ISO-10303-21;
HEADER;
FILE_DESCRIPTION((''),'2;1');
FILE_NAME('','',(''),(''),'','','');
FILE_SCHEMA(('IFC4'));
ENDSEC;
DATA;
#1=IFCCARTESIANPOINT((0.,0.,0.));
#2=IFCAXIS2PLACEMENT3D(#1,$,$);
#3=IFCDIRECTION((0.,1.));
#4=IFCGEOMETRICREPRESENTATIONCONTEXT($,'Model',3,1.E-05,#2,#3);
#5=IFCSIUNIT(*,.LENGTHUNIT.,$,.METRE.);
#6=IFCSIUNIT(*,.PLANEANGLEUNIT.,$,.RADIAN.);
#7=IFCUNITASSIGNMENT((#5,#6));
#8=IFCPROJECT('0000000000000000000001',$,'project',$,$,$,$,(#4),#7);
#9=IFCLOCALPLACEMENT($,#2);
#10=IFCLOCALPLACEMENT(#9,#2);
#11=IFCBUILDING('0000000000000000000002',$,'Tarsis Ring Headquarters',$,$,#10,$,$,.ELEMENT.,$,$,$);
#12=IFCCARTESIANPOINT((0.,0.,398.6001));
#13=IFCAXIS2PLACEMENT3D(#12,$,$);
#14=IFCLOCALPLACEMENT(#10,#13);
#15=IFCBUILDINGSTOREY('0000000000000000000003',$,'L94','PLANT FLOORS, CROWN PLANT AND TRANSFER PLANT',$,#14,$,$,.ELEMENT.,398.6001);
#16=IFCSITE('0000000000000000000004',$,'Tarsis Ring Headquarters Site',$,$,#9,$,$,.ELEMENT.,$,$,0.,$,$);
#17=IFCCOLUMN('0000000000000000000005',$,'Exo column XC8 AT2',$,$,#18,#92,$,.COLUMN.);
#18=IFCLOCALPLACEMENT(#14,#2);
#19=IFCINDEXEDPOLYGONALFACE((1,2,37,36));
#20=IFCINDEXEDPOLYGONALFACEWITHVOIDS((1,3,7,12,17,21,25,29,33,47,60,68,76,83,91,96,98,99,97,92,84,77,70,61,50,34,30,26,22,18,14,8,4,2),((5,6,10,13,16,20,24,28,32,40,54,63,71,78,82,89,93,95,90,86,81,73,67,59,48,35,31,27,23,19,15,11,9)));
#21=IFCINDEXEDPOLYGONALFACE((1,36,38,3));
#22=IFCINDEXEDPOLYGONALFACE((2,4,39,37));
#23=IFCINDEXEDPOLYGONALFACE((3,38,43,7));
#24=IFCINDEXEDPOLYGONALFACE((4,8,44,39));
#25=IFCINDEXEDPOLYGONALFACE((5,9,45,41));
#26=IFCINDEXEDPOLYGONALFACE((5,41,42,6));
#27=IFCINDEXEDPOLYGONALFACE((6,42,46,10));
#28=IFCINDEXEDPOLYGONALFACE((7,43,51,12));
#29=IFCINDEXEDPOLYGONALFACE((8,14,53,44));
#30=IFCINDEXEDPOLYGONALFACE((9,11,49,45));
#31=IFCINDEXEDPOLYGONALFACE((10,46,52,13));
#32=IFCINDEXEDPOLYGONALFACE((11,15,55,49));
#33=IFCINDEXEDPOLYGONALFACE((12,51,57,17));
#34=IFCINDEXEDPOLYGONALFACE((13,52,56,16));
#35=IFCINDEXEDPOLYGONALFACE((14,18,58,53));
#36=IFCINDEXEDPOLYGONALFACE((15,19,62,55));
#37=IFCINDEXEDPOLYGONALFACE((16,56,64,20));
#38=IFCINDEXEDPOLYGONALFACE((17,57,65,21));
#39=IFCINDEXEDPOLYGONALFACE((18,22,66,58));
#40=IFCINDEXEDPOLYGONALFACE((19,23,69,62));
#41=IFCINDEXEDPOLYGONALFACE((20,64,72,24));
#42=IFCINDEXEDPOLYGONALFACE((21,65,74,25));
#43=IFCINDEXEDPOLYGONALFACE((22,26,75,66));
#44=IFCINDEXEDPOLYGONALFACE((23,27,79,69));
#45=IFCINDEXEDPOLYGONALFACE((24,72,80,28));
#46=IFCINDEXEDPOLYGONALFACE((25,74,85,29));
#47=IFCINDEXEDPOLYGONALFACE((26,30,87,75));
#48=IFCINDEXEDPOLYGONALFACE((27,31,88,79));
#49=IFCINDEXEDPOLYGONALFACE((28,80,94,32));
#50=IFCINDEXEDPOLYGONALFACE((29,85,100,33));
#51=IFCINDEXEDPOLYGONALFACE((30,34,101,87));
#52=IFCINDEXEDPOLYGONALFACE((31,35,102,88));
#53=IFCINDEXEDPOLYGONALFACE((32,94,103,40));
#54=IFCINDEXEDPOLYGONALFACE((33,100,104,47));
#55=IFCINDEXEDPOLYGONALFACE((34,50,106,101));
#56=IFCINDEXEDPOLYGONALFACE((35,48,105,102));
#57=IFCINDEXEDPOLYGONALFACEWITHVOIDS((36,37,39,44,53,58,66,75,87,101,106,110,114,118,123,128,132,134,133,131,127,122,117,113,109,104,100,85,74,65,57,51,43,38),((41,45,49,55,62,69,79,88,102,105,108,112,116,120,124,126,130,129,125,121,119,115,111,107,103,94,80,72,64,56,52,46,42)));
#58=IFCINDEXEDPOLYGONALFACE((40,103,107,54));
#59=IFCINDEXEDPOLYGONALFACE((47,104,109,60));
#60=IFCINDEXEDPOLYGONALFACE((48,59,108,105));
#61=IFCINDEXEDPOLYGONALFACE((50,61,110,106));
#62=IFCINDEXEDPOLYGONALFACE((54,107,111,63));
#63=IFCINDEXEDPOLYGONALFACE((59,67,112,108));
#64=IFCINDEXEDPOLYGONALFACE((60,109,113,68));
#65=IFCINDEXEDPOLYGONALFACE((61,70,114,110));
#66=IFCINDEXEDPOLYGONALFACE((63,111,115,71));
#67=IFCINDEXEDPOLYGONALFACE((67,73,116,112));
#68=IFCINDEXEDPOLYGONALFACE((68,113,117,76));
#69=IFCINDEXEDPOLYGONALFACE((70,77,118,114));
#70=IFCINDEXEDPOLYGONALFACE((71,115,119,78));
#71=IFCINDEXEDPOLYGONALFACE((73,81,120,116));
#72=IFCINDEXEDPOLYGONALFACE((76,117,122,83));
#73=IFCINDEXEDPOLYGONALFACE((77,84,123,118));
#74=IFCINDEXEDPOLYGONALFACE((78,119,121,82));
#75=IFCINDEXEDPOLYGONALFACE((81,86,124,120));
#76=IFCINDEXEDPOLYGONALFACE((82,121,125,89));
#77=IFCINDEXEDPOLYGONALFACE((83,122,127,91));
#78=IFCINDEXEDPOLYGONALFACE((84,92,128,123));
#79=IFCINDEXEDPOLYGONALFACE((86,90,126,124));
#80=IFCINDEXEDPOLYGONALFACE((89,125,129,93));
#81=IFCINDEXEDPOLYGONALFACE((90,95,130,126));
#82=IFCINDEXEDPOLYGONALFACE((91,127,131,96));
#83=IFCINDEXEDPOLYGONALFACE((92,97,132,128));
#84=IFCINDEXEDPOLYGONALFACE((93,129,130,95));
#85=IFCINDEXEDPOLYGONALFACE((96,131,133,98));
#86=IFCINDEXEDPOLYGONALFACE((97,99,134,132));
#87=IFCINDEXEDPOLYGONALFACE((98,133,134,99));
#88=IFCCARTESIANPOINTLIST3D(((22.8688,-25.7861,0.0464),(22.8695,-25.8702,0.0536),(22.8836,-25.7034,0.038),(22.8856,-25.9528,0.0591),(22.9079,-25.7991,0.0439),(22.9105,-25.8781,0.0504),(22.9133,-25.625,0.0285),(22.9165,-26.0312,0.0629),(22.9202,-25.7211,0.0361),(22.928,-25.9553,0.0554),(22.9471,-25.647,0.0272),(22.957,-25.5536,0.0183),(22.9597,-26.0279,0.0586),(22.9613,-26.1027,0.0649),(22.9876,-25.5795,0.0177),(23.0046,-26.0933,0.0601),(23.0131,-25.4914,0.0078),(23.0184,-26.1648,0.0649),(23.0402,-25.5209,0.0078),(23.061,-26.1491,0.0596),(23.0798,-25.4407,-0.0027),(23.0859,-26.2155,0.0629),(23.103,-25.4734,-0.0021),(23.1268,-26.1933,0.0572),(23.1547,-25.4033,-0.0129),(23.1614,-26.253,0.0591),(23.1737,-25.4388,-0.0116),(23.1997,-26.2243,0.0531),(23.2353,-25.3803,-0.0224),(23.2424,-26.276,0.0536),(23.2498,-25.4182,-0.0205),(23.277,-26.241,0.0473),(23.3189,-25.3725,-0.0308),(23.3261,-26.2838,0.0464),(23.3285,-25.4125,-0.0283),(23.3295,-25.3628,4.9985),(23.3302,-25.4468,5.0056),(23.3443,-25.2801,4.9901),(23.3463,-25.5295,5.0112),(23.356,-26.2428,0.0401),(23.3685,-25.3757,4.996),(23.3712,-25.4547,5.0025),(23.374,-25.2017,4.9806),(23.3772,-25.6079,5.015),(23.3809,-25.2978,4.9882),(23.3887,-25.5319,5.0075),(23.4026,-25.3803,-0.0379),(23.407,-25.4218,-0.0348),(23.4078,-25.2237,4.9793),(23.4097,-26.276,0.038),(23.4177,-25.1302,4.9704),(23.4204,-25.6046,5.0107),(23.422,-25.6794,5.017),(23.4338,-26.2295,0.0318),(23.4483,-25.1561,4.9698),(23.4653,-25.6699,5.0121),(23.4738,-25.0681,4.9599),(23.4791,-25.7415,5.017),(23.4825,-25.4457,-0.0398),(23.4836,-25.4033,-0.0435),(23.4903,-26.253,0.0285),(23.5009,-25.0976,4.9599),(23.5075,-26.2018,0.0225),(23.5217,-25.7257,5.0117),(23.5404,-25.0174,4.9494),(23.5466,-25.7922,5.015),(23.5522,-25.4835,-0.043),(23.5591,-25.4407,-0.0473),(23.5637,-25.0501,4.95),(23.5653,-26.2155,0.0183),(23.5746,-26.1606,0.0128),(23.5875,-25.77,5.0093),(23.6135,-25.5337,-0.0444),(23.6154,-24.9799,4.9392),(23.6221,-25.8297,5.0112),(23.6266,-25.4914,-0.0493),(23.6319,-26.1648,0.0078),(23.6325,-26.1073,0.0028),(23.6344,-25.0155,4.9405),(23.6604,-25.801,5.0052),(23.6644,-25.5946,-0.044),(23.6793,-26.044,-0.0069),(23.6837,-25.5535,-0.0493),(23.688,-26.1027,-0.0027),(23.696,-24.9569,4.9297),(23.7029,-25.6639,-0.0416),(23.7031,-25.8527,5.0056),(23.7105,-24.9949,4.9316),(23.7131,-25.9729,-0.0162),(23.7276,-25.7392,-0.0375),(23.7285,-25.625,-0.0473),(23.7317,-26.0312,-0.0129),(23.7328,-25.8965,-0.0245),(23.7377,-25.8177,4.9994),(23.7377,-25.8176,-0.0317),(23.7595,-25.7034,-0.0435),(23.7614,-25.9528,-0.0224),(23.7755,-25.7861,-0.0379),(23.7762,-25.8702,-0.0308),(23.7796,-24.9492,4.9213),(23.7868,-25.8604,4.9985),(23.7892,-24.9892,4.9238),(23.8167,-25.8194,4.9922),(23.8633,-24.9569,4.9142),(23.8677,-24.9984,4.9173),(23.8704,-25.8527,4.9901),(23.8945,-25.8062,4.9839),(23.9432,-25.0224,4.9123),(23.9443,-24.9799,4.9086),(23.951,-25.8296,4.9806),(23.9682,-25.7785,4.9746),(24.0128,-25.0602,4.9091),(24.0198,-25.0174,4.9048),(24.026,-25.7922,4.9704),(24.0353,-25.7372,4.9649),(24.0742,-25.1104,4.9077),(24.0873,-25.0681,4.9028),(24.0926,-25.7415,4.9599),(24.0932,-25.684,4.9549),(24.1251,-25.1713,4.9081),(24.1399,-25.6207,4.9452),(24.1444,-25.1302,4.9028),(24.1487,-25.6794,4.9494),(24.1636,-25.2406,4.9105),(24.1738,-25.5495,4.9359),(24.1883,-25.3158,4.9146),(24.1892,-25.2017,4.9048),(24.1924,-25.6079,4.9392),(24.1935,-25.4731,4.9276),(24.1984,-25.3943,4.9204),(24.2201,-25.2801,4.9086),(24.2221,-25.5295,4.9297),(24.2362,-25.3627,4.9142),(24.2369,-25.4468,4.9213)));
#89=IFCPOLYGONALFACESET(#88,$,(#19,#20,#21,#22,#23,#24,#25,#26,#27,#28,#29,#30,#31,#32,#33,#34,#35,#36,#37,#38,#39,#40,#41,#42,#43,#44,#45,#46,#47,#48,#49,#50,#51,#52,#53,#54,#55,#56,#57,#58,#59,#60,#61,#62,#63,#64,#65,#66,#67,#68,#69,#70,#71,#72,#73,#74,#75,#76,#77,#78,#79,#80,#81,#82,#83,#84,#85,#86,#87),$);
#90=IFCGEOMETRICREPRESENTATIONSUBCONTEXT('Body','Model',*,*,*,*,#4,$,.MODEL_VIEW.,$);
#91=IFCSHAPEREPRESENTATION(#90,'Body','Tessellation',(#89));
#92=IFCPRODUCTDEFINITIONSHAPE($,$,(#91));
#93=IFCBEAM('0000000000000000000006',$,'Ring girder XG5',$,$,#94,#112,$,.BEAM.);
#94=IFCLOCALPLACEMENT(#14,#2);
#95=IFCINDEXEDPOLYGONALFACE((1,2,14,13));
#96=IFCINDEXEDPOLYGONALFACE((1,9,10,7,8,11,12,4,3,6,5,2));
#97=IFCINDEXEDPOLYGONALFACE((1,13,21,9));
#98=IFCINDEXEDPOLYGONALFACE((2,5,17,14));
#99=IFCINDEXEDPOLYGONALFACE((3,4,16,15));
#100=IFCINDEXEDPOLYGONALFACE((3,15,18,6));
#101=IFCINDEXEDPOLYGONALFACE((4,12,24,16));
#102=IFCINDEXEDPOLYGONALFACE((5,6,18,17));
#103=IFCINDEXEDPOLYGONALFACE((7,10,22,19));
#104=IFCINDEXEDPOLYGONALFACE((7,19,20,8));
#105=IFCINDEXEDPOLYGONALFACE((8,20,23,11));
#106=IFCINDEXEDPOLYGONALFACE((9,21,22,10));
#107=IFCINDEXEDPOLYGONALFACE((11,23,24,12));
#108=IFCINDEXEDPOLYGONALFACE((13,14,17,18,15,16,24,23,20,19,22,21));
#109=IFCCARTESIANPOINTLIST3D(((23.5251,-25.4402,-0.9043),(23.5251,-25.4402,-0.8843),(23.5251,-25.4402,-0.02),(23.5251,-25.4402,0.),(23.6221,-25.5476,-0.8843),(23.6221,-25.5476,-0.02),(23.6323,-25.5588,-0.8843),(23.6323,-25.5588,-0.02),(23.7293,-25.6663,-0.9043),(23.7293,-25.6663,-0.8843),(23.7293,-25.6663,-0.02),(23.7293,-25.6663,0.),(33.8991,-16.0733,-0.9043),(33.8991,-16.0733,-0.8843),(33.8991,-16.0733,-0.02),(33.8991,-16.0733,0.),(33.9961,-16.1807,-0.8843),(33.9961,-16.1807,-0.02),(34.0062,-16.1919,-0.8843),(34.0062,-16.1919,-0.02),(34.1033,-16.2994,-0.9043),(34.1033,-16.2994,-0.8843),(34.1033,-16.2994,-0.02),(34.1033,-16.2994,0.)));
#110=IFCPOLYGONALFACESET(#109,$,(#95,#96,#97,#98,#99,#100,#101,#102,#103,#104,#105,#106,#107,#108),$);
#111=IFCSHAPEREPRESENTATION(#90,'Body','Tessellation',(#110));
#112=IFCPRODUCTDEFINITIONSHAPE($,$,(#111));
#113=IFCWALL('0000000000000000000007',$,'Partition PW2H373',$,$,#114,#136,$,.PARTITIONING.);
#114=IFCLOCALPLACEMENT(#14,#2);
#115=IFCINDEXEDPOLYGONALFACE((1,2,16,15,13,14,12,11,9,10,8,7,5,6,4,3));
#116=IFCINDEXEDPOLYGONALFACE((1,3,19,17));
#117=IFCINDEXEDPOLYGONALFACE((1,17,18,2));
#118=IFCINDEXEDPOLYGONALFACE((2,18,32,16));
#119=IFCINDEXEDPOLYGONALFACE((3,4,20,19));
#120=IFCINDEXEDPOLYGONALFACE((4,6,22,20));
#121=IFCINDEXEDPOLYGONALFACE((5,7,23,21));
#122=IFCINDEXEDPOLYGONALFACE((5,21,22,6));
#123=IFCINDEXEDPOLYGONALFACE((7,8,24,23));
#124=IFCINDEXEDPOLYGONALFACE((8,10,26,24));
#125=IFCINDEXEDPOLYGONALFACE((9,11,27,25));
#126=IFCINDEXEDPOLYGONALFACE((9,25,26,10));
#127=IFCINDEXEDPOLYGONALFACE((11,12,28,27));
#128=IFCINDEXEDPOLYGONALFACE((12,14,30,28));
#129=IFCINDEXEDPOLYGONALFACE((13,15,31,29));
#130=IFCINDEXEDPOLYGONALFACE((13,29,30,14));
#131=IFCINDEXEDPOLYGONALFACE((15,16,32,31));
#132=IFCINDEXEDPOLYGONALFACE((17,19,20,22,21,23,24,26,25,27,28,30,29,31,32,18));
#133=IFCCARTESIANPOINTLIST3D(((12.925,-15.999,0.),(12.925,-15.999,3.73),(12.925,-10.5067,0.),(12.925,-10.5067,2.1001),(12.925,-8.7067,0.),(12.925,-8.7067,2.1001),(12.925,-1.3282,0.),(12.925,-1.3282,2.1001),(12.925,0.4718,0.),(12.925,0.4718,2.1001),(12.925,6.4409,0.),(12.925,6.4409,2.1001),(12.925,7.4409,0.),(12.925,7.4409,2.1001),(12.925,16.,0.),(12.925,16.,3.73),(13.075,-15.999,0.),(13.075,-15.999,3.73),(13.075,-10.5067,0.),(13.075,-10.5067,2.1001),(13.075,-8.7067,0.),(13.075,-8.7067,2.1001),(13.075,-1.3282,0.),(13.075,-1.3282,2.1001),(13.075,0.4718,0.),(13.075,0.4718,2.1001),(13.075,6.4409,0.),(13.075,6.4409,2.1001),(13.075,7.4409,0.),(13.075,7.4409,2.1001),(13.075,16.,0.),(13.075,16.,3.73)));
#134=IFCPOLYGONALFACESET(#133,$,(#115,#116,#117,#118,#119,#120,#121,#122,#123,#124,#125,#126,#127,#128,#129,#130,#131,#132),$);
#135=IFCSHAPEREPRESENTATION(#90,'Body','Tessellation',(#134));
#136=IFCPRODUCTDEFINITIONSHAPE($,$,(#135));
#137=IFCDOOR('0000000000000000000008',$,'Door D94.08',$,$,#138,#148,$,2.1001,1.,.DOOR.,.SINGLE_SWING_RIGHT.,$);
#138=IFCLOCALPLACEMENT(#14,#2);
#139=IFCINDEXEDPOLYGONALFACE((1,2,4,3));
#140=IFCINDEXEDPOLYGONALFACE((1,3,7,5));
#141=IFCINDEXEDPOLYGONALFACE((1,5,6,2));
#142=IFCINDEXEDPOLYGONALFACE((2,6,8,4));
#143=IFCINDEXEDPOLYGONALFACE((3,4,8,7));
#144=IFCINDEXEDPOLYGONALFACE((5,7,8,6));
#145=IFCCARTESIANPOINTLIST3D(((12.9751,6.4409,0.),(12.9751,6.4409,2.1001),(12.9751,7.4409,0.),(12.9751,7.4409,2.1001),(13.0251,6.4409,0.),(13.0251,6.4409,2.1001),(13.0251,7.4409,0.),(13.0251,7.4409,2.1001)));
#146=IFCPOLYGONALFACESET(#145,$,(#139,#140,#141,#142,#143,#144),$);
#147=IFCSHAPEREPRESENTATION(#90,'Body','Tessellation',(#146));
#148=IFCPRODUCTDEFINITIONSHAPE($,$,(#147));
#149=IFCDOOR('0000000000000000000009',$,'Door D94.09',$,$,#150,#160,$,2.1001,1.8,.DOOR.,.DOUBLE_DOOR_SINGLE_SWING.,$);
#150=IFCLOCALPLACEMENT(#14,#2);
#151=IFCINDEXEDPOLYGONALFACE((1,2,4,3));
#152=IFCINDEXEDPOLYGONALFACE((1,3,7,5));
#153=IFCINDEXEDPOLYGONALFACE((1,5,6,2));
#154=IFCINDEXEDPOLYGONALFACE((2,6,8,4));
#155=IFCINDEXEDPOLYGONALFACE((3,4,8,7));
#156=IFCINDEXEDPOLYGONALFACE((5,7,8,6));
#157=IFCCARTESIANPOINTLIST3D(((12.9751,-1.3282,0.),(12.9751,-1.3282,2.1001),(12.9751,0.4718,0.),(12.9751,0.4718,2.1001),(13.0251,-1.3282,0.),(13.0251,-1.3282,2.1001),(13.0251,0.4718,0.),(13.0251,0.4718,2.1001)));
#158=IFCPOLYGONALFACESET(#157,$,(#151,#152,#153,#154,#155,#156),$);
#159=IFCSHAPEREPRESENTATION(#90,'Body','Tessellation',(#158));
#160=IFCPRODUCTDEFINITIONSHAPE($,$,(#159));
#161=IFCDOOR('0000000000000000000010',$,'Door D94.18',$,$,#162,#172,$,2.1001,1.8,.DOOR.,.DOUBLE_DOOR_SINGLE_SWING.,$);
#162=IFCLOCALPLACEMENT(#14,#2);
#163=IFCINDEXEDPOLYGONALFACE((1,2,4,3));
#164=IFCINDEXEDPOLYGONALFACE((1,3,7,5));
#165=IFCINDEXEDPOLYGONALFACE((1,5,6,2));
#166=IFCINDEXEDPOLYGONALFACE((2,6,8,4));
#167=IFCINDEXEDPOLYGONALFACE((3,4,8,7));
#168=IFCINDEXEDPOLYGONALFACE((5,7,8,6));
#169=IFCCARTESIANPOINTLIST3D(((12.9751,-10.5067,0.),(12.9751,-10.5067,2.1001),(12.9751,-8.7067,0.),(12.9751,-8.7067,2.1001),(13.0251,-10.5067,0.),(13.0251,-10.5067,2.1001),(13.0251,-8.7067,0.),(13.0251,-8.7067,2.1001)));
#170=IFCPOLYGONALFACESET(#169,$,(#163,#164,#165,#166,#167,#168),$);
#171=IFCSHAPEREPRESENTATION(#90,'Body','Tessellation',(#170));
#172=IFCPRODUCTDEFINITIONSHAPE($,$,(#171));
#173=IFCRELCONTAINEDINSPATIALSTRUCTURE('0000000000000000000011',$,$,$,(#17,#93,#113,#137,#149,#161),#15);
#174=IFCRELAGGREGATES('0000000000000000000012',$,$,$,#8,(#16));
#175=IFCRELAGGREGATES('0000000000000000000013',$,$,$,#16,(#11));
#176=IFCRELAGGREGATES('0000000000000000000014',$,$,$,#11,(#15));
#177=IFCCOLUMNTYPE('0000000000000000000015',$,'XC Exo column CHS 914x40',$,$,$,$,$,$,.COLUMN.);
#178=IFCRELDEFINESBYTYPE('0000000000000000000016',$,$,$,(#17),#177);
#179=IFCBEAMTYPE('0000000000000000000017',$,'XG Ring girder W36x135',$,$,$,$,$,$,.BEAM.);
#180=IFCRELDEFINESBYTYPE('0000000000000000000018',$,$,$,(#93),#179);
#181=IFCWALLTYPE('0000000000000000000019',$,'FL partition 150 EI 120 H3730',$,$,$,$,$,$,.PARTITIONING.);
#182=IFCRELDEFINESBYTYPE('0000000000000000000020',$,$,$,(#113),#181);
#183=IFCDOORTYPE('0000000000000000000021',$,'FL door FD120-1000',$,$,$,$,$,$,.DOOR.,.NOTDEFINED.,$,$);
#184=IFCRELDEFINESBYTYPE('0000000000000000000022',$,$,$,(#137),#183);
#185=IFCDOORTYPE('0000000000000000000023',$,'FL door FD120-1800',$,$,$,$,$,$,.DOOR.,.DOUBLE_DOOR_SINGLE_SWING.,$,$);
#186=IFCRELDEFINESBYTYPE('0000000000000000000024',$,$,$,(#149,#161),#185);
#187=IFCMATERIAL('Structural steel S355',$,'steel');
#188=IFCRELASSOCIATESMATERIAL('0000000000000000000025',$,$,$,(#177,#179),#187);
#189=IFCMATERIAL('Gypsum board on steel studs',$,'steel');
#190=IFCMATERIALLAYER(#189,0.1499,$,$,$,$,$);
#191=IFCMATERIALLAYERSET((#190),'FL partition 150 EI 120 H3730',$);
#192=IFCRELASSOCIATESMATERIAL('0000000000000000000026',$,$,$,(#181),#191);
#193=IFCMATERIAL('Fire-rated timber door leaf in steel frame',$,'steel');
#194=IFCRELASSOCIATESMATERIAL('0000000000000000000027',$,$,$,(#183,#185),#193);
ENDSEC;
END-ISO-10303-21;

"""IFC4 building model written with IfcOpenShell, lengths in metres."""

from ifc_helpers import new_model, si_unit, direction, frame, frame_2d, origin, origin_2d, place, context, subcontext, project, spatial, rectangle, hollow_circle, i_section, extrude, material, layer, layer_set, material_profile, profile_set, type_object, element, fill, save


model = new_model("IFC4")

# Units and contexts
model_context = context("Model", 3, precision=1e-05, world=origin(), true_north=direction((0.0, 1.0)))
body_context = subcontext(model_context, "Body", "Model", "MODEL_VIEW")
ifc_project = project(units=[si_unit("LENGTHUNIT", "METRE"), si_unit("PLANEANGLEUNIT", "RADIAN")], contexts=[model_context])

# Site, building, storey
site_placement = place(None, origin())
site = spatial("IfcSite", under=ifc_project, at=site_placement, Name="Tarsis Ring Headquarters Site", CompositionType="ELEMENT", RefElevation=0.0)
building_placement = place(site_placement, origin())
building = spatial("IfcBuilding", under=site, at=building_placement, Name="Tarsis Ring Headquarters", CompositionType="ELEMENT")
storey_placement = place(building_placement, frame((0.0, 0.0, 398.6001)))
storey = spatial("IfcBuildingStorey", under=building, at=storey_placement, Name="L94", Description="PLANT FLOORS, CROWN PLANT AND TRANSFER PLANT", CompositionType="ELEMENT", Elevation=398.6001)

# Column
ifc_material_1 = material(Name="Structural steel S355", Category="steel")
ifc_material_profile_1 = material_profile(ifc_material_1, hollow_circle(Radius=0.457, WallThickness=0.04, at=origin_2d()), Name="CHS 914x40")
ifc_profile_set_1 = profile_set([ifc_material_profile_1], Name="Structural steel S355")
column_type = type_object("IfcColumnType", Name="XC Exo column CHS 914x40", PredefinedType="COLUMN", material=ifc_profile_set_1)
column_placement = place(storey_placement, frame((23.3225, -25.8281, 0.0078), z_axis=(0.092295, 0.084812, 0.992113), x_axis=(-0.676625, 0.736328, 0.0)))
element("IfcColumn", 1, at=column_placement, inside=storey, type_object=column_type, Name="Exo column XC8 AT2", PredefinedType="COLUMN", context=body_context, shape_type="SweptSolid", body=[
    extrude(hollow_circle(Radius=0.4573, WallThickness=0.04, at=origin_2d()), origin(), (0.0, 0.0, 1.0), 4.9915),
])

# Beam
ifc_material_profile_2 = material_profile(ifc_material_1, i_section(OverallWidth=0.3047, OverallDepth=0.9043, WebThickness=0.0151, FlangeThickness=0.02, at=origin_2d()), Name="W36x135")
ifc_profile_set_2 = profile_set([ifc_material_profile_2], Name="Structural steel S355")
beam_type = type_object("IfcBeamType", Name="XG Ring girder W36x135", PredefinedType="BEAM", material=ifc_profile_set_2)
beam_placement = place(storey_placement, frame((23.6272, -25.5532, -0.4521), z_axis=(0.742214, 0.670162, 0.0), x_axis=(-0.670162, 0.742214, 0.0)))
element("IfcBeam", 2, at=beam_placement, inside=storey, type_object=beam_type, Name="Ring girder XG5", PredefinedType="BEAM", context=body_context, shape_type="SweptSolid", body=[
    extrude(i_section(OverallWidth=0.3047, OverallDepth=0.9043, WebThickness=0.0151, FlangeThickness=0.02, at=origin_2d()), origin(), (0.0, 0.0, 1.0), 13.9771),
])

# Wall, openings, doors
ifc_material_2 = material(Name="Gypsum board on steel studs", Category="steel")
ifc_layer = layer(ifc_material_2, 0.1499)
ifc_layer_set = layer_set([ifc_layer], Name="FL partition 150 EI 120 H3730")
wall_type = type_object("IfcWallType", Name="FL partition 150 EI 120 H3730", PredefinedType="PARTITIONING", material=ifc_layer_set)
wall_1_placement = place(storey_placement, frame((13.0, -15.999, 0.0), z_axis=(0.0, 0.0, 1.0), x_axis=(0.0, 1.0, 0.0)))
wall_1 = element("IfcWall", 3, at=wall_1_placement, inside=storey, type_object=wall_type, Name="Partition PW2H373", PredefinedType="PARTITIONING", context=body_context, shape_type="SweptSolid", body=[
    extrude(rectangle(XDim=31.999, YDim=0.1499, at=frame_2d((15.9995, 0.0))), origin(), (0.0, 0.0, 1.0), 3.73),
])
opening_1_placement = place(wall_1_placement, frame((22.4399, 0.0, 0.0)))
opening_1 = element("IfcOpeningElement", 4, at=opening_1_placement, cuts=wall_1, PredefinedType="OPENING", context=body_context, shape_type="SweptSolid", body=[
    extrude(rectangle(XDim=1.0, YDim=2.1001, at=frame_2d((0.5, 1.05))), frame((0.0, 0.085, 0.0), z_axis=(0.0, -1.0, 0.0), x_axis=(1.0, 0.0, 0.0)), (0.0, 0.0, 1.0), 0.1699),
])
opening_2_placement = place(wall_1_placement, frame((14.6709, 0.0, 0.0)))
opening_2 = element("IfcOpeningElement", 5, at=opening_2_placement, cuts=wall_1, PredefinedType="OPENING", context=body_context, shape_type="SweptSolid", body=[
    extrude(rectangle(XDim=1.8, YDim=2.1001, at=frame_2d((0.8999, 1.05))), frame((0.0, 0.085, 0.0), z_axis=(0.0, -1.0, 0.0), x_axis=(1.0, 0.0, 0.0)), (0.0, 0.0, 1.0), 0.1699),
])
opening_3_placement = place(wall_1_placement, frame((5.4924, 0.0, 0.0)))
opening_3 = element("IfcOpeningElement", 6, at=opening_3_placement, cuts=wall_1, PredefinedType="OPENING", context=body_context, shape_type="SweptSolid", body=[
    extrude(rectangle(XDim=1.8, YDim=2.1001, at=frame_2d((0.8999, 1.05))), frame((0.0, 0.085, 0.0), z_axis=(0.0, -1.0, 0.0), x_axis=(1.0, 0.0, 0.0)), (0.0, 0.0, 1.0), 0.1699),
])
ifc_material_3 = material(Name="Fire-rated timber door leaf in steel frame", Category="steel")
door_type_1 = type_object("IfcDoorType", Name="FL door FD120-1000", OperationType="NOTDEFINED", PredefinedType="DOOR", material=ifc_material_3)
door_1_placement = place(opening_1_placement, origin())
door_1 = element("IfcDoor", 7, at=door_1_placement, inside=storey, type_object=door_type_1, Name="Door D94.08", OperationType="SINGLE_SWING_RIGHT", OverallHeight=2.1001, OverallWidth=1.0, PredefinedType="DOOR", context=body_context, shape_type="SweptSolid", body=[
    extrude(rectangle(XDim=1.0, YDim=2.1001, at=frame_2d((0.5, 1.05))), frame((0.0, 0.0249, 0.0), z_axis=(0.0, -1.0, 0.0), x_axis=(1.0, 0.0, 0.0)), (0.0, 0.0, 1.0), 0.05),
])
fill(opening_1, door_1)
door_type_2 = type_object("IfcDoorType", Name="FL door FD120-1800", OperationType="DOUBLE_DOOR_SINGLE_SWING", PredefinedType="DOOR", material=ifc_material_3)
door_2_placement = place(opening_2_placement, origin())
door_2 = element("IfcDoor", 8, at=door_2_placement, inside=storey, type_object=door_type_2, Name="Door D94.09", OperationType="DOUBLE_DOOR_SINGLE_SWING", OverallHeight=2.1001, OverallWidth=1.8, PredefinedType="DOOR", context=body_context, shape_type="SweptSolid", body=[
    extrude(rectangle(XDim=1.8, YDim=2.1001, at=frame_2d((0.8999, 1.05))), frame((0.0, 0.0249, 0.0), z_axis=(0.0, -1.0, 0.0), x_axis=(1.0, 0.0, 0.0)), (0.0, 0.0, 1.0), 0.05),
])
fill(opening_2, door_2)
door_3_placement = place(opening_3_placement, origin())
door_3 = element("IfcDoor", 9, at=door_3_placement, inside=storey, type_object=door_type_2, Name="Door D94.18", OperationType="DOUBLE_DOOR_SINGLE_SWING", OverallHeight=2.1001, OverallWidth=1.8, PredefinedType="DOOR", context=body_context, shape_type="SweptSolid", body=[
    extrude(rectangle(XDim=1.8, YDim=2.1001, at=frame_2d((0.8999, 1.05))), frame((0.0, 0.0249, 0.0), z_axis=(0.0, -1.0, 0.0), x_axis=(1.0, 0.0, 0.0)), (0.0, 0.0, 1.0), 0.05),
])
fill(opening_3, door_3)

save(model, "model.ifc")
